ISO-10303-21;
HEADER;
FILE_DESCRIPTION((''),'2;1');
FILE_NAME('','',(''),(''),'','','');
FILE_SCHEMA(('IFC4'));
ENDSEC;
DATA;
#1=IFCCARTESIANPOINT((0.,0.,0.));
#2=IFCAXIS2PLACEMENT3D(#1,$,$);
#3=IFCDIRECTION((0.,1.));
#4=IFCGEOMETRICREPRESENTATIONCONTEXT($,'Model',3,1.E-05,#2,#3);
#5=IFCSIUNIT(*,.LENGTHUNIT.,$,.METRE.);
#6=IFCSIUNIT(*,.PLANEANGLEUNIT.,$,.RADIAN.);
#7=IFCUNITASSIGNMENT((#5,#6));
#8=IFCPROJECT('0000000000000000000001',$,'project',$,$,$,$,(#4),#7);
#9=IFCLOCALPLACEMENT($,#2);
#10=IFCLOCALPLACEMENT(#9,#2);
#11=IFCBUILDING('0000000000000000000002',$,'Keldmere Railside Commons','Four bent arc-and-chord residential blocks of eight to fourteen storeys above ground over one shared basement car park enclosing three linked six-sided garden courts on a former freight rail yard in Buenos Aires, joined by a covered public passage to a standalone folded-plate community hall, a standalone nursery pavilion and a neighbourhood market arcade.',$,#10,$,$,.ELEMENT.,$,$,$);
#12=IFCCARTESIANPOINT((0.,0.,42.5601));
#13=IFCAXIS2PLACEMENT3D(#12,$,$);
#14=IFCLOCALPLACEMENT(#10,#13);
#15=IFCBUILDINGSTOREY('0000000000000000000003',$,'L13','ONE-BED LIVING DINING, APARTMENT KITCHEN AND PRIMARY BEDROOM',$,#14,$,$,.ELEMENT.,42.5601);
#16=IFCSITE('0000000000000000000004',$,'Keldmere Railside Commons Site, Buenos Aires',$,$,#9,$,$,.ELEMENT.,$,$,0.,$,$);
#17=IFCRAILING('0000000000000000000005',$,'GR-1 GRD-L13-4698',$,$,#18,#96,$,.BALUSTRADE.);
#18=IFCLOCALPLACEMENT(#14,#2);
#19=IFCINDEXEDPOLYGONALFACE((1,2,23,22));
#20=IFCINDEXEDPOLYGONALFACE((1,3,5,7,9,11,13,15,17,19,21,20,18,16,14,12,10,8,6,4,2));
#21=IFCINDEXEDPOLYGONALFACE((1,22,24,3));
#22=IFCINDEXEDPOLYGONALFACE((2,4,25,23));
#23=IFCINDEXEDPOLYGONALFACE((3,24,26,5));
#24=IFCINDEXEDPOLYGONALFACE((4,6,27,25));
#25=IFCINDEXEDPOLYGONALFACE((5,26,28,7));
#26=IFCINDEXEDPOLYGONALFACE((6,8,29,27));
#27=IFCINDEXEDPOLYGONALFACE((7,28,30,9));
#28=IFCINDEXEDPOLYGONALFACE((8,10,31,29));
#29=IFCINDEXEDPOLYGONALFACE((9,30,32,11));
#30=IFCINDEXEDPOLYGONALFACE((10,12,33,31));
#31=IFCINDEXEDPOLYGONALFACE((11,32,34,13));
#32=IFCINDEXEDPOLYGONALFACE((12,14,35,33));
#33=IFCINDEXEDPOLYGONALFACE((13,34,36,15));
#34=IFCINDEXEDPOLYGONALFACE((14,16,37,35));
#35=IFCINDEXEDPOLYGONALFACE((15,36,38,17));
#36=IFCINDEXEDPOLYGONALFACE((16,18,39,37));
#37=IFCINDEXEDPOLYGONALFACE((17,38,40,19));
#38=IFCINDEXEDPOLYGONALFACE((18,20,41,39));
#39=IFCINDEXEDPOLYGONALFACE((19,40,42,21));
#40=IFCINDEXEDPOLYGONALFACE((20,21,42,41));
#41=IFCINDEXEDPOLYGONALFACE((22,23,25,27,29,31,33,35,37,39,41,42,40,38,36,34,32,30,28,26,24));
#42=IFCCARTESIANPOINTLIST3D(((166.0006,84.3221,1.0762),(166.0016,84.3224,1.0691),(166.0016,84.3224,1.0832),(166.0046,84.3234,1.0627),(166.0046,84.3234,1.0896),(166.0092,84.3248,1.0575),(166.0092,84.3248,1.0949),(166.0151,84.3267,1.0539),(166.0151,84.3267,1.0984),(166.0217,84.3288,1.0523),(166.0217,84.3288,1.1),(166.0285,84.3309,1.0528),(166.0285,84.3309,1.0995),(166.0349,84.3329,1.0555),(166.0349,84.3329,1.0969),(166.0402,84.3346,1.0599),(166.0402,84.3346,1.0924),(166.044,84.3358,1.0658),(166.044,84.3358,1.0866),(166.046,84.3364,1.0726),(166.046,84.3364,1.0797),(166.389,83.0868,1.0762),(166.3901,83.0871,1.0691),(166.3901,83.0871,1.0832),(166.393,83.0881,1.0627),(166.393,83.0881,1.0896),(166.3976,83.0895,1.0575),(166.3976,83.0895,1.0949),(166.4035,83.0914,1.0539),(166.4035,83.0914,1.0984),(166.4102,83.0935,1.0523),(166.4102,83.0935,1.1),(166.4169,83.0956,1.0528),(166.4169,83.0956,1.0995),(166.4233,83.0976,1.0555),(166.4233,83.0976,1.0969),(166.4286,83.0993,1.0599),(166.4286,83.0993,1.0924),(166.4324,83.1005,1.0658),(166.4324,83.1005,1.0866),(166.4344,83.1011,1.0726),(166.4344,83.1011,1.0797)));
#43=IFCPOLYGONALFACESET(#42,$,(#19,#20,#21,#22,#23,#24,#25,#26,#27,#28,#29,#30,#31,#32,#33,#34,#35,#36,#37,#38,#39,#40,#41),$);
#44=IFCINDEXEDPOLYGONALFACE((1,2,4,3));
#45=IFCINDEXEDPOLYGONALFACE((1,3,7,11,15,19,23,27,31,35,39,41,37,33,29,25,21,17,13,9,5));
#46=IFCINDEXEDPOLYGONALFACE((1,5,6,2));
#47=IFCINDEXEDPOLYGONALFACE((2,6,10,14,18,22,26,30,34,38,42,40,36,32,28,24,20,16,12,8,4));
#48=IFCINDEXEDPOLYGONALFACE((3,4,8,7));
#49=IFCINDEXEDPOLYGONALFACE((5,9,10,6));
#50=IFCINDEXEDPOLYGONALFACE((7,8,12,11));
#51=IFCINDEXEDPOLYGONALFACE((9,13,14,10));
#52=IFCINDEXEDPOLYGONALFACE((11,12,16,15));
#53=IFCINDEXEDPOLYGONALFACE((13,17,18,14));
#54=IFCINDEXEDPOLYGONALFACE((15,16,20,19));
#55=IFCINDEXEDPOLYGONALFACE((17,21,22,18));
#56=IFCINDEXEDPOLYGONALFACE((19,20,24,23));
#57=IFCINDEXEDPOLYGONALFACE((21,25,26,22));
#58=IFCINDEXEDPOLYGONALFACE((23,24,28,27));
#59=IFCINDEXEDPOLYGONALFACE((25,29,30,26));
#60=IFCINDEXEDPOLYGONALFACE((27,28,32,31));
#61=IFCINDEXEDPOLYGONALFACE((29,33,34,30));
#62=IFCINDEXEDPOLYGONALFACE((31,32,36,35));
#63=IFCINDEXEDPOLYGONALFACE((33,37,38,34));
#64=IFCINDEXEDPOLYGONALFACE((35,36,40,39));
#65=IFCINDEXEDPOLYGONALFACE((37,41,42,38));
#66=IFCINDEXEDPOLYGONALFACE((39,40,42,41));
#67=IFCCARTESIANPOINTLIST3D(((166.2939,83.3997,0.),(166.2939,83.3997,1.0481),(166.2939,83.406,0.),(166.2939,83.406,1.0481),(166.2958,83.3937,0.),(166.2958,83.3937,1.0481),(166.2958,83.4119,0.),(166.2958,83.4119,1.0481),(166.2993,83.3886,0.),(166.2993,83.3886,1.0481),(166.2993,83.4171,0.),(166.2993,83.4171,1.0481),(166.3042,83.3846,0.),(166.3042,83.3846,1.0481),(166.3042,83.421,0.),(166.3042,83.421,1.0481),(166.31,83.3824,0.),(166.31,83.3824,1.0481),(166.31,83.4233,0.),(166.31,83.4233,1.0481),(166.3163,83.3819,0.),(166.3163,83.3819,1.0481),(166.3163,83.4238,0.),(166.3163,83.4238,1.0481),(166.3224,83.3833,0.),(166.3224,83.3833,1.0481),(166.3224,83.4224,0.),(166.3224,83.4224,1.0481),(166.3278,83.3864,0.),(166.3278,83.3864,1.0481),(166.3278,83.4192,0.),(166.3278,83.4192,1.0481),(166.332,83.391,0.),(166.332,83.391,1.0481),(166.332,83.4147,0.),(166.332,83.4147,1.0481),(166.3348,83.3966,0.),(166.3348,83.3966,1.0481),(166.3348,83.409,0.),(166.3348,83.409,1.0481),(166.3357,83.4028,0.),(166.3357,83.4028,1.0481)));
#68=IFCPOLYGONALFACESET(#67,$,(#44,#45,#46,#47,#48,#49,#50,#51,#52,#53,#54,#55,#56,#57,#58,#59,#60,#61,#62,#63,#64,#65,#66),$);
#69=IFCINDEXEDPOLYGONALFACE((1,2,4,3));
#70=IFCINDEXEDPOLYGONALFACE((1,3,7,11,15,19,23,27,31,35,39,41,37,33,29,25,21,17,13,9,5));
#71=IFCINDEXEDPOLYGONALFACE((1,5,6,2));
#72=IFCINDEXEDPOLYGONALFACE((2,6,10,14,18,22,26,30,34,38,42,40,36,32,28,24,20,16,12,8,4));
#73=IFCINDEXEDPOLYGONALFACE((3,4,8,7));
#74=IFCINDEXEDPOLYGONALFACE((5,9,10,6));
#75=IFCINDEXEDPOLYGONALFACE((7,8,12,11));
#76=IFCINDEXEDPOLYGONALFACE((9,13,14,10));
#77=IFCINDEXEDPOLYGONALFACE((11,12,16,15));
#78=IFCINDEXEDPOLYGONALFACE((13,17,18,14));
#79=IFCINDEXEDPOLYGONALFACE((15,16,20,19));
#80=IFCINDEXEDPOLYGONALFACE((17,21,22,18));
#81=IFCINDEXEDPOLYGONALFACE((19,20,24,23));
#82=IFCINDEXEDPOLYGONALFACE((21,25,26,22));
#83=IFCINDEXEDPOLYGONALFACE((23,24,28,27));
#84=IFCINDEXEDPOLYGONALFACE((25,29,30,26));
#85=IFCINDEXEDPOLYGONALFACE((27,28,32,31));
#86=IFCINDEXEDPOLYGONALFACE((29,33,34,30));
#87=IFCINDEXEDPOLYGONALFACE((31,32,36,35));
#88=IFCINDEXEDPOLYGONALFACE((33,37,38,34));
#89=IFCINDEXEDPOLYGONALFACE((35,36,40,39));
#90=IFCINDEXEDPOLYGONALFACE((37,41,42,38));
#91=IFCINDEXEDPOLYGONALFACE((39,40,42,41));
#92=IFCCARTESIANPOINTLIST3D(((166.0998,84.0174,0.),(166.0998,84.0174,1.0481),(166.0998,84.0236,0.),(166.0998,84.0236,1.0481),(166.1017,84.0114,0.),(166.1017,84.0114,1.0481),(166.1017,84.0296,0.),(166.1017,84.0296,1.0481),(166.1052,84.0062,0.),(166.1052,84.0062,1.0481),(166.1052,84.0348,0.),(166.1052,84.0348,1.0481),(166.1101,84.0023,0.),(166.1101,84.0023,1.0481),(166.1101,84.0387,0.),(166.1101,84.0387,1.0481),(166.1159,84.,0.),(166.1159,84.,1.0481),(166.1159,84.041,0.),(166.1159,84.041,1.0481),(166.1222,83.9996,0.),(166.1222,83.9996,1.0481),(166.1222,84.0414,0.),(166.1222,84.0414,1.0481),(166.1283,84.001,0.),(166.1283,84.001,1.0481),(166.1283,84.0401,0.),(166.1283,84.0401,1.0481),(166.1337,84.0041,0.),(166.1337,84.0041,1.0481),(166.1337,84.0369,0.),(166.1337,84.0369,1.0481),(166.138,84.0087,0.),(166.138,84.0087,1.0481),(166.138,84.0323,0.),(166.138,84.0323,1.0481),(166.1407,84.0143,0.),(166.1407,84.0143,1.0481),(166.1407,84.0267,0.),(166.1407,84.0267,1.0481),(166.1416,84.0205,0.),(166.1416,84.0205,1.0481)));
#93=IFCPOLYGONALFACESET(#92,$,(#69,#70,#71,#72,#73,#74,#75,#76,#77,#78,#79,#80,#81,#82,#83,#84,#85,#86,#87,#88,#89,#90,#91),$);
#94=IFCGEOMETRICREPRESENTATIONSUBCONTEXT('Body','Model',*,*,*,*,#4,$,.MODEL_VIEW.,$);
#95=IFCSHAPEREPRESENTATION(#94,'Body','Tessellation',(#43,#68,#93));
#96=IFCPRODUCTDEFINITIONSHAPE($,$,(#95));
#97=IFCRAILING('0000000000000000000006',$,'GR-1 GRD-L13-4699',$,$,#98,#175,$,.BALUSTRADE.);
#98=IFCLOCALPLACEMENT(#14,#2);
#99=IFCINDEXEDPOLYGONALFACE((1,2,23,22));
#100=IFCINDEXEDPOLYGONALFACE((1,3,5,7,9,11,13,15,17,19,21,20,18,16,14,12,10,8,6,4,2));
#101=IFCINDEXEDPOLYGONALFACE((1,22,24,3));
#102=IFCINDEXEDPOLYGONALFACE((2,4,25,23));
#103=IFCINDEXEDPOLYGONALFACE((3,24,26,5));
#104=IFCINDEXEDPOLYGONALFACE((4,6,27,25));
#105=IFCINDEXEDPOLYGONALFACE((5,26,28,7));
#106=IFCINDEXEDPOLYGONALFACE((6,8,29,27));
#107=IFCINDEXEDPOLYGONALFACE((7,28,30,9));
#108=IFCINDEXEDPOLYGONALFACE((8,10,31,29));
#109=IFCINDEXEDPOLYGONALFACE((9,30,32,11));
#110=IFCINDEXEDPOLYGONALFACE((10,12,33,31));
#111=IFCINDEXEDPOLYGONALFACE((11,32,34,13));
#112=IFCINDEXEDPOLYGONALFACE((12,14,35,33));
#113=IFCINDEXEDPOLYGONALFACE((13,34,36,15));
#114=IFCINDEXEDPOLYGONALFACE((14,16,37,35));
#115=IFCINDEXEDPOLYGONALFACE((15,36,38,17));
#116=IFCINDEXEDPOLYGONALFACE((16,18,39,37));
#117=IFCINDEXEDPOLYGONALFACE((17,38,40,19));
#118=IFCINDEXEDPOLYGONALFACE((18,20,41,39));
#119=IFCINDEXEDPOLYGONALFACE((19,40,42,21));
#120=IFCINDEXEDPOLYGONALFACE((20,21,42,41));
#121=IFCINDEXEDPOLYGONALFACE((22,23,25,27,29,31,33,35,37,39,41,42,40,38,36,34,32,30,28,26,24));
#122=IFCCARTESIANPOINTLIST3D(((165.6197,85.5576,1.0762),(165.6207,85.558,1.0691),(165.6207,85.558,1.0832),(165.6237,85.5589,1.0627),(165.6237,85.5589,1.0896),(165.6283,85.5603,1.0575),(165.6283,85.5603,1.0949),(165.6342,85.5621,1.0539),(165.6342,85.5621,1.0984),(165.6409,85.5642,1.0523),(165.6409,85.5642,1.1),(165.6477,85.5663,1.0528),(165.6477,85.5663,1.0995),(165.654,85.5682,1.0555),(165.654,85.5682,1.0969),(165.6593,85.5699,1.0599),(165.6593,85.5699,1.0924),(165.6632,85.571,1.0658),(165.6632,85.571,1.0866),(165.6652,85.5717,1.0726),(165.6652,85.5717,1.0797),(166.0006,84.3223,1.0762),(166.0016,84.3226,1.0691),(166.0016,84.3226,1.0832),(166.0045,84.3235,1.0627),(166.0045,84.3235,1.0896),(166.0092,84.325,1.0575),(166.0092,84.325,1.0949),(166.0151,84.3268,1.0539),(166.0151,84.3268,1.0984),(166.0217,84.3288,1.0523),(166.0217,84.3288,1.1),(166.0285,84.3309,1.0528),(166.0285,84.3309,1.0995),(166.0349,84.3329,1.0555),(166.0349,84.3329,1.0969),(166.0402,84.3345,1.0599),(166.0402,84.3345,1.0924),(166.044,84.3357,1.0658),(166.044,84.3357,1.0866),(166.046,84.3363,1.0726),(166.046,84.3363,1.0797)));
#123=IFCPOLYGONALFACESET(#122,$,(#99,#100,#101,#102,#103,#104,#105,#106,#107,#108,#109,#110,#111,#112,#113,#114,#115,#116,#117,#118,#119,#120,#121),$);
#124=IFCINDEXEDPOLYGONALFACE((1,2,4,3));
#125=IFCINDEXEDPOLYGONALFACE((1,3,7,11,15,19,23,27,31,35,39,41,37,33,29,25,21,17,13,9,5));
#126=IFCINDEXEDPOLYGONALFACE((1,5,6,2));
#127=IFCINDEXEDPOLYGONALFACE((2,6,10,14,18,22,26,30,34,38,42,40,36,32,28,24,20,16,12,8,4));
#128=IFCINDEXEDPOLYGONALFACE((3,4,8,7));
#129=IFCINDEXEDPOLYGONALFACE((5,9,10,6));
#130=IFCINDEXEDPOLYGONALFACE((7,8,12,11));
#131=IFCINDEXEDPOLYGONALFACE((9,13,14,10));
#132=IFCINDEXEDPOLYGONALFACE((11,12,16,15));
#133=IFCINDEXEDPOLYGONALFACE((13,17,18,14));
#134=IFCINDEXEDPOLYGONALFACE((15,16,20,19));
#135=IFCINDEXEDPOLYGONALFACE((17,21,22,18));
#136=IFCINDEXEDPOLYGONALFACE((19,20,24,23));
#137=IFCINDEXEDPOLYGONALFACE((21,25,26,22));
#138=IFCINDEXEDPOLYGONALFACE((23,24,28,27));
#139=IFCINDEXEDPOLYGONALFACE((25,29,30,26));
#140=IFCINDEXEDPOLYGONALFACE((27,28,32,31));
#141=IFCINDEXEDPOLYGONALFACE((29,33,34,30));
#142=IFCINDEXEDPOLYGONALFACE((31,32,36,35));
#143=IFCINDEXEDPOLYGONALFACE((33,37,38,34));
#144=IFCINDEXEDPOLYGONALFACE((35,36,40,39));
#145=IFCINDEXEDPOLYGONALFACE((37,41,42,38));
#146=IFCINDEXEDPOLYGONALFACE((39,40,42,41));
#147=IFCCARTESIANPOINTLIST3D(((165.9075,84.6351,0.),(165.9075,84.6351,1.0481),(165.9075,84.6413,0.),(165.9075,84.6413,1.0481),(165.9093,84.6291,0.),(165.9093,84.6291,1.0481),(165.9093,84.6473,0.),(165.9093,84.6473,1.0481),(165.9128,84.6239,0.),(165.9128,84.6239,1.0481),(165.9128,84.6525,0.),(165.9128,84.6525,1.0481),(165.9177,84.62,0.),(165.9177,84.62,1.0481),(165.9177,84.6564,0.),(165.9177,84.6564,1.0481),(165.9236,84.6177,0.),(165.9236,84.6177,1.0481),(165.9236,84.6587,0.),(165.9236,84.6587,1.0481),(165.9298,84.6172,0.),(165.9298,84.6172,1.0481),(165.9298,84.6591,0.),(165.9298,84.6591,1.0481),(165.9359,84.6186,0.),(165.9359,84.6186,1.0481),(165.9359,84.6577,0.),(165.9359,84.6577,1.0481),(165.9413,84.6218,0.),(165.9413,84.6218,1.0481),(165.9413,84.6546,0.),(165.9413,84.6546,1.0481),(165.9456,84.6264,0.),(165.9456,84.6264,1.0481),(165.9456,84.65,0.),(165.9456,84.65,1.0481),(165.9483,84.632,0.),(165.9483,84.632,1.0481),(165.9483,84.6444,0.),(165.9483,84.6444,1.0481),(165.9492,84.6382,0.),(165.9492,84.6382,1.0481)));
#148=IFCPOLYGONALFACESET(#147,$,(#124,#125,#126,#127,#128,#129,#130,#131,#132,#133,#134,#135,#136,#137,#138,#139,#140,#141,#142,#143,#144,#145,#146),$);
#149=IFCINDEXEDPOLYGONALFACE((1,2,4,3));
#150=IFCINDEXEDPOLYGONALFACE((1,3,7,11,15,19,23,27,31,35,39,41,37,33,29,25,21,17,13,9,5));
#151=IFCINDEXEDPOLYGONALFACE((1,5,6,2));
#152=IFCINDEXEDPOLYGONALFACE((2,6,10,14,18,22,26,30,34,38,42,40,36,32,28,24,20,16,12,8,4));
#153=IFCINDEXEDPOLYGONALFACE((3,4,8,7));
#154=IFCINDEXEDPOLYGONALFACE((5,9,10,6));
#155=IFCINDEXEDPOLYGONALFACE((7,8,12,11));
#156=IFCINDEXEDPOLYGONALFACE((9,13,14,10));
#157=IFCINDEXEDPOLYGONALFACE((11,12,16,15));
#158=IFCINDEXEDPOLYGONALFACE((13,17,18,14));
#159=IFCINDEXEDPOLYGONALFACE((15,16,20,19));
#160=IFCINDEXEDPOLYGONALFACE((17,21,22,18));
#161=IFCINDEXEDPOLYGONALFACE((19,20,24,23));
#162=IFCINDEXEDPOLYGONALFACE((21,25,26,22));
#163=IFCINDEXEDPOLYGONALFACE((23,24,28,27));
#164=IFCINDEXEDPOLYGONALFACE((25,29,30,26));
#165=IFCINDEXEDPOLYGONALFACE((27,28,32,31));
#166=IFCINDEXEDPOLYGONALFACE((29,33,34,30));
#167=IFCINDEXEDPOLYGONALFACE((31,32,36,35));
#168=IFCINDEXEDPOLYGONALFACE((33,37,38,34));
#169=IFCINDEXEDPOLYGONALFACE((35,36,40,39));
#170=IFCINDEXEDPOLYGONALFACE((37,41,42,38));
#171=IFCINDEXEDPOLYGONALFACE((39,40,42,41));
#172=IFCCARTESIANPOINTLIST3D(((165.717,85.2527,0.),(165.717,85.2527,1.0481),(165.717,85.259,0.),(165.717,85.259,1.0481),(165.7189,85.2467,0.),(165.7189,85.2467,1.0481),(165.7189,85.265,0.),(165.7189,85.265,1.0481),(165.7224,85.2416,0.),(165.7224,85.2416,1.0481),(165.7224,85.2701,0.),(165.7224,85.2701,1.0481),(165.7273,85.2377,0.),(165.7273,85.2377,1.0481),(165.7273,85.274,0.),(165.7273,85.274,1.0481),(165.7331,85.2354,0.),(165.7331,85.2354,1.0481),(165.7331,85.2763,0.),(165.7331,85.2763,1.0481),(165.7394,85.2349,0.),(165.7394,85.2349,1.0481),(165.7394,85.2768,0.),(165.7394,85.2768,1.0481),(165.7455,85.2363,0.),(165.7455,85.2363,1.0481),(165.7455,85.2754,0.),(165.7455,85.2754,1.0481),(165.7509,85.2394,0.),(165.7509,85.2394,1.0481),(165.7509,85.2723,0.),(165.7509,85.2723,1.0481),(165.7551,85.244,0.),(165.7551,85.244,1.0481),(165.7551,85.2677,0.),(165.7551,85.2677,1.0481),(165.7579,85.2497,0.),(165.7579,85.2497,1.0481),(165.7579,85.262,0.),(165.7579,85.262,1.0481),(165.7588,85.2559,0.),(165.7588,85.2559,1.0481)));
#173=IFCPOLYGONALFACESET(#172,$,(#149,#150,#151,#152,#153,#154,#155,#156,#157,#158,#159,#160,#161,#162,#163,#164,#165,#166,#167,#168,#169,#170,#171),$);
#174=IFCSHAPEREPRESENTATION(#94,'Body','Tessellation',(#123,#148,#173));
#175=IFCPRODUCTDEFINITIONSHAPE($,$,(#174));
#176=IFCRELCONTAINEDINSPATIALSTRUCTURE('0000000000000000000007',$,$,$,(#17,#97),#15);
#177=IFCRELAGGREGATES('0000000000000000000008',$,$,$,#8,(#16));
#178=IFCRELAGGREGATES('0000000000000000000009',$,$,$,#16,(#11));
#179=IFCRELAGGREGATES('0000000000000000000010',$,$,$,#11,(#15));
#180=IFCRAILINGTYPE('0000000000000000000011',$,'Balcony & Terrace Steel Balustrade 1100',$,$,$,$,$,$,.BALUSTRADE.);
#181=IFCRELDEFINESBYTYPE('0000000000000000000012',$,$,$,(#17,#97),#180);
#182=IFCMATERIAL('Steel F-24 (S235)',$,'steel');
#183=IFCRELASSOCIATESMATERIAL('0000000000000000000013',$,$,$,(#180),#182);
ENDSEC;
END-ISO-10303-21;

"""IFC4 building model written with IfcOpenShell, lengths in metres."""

from ifc_helpers import new_model, si_unit, direction, frame, origin, origin_2d, place, context, subcontext, project, spatial, circle, extrude, material, type_object, element, save


model = new_model("IFC4")

# Units and contexts
model_context = context("Model", 3, precision=1e-05, world=origin(), true_north=direction((0.0, 1.0)))
body_context = subcontext(model_context, "Body", "Model", "MODEL_VIEW")
ifc_project = project(units=[si_unit("LENGTHUNIT", "METRE"), si_unit("PLANEANGLEUNIT", "RADIAN")], contexts=[model_context])

# Site, building, storey
site_placement = place(None, origin())
site = spatial("IfcSite", under=ifc_project, at=site_placement, Name="Keldmere Railside Commons Site, Buenos Aires", CompositionType="ELEMENT", RefElevation=0.0)
building_placement = place(site_placement, origin())
building = spatial("IfcBuilding", under=site, at=building_placement, Name="Keldmere Railside Commons", Description="Four bent arc-and-chord residential blocks of eight to fourteen storeys above ground over one shared basement car park enclosing three linked six-sided garden courts on a former freight rail yard in Buenos Aires, joined by a covered public passage to a standalone folded-plate community hall, a standalone nursery pavilion and a neighbourhood market arcade.", CompositionType="ELEMENT")
storey_placement = place(building_placement, frame((0.0, 0.0, 42.5601)))
storey = spatial("IfcBuildingStorey", under=building, at=storey_placement, Name="L13", Description="ONE-BED LIVING DINING, APARTMENT KITCHEN AND PRIMARY BEDROOM", CompositionType="ELEMENT", Elevation=42.5601)

# Railings
ifc_material_1 = material(Name="Steel F-24 (S235)", Category="steel")
railing_type = type_object("IfcRailingType", Name="Balcony & Terrace Steel Balustrade 1100", PredefinedType="BALUSTRADE", material=ifc_material_1)
railing_1_placement = place(storey_placement, frame((166.4119, 83.094, 0.0)))
element("IfcRailing", 1, at=railing_1_placement, inside=storey, type_object=railing_type, Name="GR-1 GRD-L13-4698", PredefinedType="BALUSTRADE", context=body_context, shape_type="SweptSolid", body=[
    extrude(circle(Radius=0.0239, at=origin_2d()), frame((0.0, 0.0, 1.0762), z_axis=(-0.299949, 0.953955, 0.0), x_axis=(-0.953955, -0.299949, 0.0)), (0.0, 0.0, 1.0), 1.2949),
    extrude(circle(Radius=0.021, at=origin_2d()), frame((-0.0972, 0.3088, 0.0)), (0.0, 0.0, 1.0), 1.0481),
    extrude(circle(Radius=0.021, at=origin_2d()), frame((-0.2913, 0.9265, 0.0)), (0.0, 0.0, 1.0), 1.0481),
])
railing_2_placement = place(storey_placement, frame((166.0234, 84.3293, 0.0)))
element("IfcRailing", 2, at=railing_2_placement, inside=storey, type_object=railing_type, Name="GR-1 GRD-L13-4699", PredefinedType="BALUSTRADE", context=body_context, shape_type="SweptSolid", body=[
    extrude(circle(Radius=0.0239, at=origin_2d()), frame((0.0, 0.0, 1.0762), z_axis=(-0.294617, 0.955616, 0.0), x_axis=(-0.955616, -0.294617, 0.0)), (0.0, 0.0, 1.0), 1.2927),
    extrude(circle(Radius=0.021, at=origin_2d()), frame((-0.0952, 0.3088, 0.0)), (0.0, 0.0, 1.0), 1.0481),
    extrude(circle(Radius=0.021, at=origin_2d()), frame((-0.2856, 0.9265, 0.0)), (0.0, 0.0, 1.0), 1.0481),
])

save(model, "model.ifc")
